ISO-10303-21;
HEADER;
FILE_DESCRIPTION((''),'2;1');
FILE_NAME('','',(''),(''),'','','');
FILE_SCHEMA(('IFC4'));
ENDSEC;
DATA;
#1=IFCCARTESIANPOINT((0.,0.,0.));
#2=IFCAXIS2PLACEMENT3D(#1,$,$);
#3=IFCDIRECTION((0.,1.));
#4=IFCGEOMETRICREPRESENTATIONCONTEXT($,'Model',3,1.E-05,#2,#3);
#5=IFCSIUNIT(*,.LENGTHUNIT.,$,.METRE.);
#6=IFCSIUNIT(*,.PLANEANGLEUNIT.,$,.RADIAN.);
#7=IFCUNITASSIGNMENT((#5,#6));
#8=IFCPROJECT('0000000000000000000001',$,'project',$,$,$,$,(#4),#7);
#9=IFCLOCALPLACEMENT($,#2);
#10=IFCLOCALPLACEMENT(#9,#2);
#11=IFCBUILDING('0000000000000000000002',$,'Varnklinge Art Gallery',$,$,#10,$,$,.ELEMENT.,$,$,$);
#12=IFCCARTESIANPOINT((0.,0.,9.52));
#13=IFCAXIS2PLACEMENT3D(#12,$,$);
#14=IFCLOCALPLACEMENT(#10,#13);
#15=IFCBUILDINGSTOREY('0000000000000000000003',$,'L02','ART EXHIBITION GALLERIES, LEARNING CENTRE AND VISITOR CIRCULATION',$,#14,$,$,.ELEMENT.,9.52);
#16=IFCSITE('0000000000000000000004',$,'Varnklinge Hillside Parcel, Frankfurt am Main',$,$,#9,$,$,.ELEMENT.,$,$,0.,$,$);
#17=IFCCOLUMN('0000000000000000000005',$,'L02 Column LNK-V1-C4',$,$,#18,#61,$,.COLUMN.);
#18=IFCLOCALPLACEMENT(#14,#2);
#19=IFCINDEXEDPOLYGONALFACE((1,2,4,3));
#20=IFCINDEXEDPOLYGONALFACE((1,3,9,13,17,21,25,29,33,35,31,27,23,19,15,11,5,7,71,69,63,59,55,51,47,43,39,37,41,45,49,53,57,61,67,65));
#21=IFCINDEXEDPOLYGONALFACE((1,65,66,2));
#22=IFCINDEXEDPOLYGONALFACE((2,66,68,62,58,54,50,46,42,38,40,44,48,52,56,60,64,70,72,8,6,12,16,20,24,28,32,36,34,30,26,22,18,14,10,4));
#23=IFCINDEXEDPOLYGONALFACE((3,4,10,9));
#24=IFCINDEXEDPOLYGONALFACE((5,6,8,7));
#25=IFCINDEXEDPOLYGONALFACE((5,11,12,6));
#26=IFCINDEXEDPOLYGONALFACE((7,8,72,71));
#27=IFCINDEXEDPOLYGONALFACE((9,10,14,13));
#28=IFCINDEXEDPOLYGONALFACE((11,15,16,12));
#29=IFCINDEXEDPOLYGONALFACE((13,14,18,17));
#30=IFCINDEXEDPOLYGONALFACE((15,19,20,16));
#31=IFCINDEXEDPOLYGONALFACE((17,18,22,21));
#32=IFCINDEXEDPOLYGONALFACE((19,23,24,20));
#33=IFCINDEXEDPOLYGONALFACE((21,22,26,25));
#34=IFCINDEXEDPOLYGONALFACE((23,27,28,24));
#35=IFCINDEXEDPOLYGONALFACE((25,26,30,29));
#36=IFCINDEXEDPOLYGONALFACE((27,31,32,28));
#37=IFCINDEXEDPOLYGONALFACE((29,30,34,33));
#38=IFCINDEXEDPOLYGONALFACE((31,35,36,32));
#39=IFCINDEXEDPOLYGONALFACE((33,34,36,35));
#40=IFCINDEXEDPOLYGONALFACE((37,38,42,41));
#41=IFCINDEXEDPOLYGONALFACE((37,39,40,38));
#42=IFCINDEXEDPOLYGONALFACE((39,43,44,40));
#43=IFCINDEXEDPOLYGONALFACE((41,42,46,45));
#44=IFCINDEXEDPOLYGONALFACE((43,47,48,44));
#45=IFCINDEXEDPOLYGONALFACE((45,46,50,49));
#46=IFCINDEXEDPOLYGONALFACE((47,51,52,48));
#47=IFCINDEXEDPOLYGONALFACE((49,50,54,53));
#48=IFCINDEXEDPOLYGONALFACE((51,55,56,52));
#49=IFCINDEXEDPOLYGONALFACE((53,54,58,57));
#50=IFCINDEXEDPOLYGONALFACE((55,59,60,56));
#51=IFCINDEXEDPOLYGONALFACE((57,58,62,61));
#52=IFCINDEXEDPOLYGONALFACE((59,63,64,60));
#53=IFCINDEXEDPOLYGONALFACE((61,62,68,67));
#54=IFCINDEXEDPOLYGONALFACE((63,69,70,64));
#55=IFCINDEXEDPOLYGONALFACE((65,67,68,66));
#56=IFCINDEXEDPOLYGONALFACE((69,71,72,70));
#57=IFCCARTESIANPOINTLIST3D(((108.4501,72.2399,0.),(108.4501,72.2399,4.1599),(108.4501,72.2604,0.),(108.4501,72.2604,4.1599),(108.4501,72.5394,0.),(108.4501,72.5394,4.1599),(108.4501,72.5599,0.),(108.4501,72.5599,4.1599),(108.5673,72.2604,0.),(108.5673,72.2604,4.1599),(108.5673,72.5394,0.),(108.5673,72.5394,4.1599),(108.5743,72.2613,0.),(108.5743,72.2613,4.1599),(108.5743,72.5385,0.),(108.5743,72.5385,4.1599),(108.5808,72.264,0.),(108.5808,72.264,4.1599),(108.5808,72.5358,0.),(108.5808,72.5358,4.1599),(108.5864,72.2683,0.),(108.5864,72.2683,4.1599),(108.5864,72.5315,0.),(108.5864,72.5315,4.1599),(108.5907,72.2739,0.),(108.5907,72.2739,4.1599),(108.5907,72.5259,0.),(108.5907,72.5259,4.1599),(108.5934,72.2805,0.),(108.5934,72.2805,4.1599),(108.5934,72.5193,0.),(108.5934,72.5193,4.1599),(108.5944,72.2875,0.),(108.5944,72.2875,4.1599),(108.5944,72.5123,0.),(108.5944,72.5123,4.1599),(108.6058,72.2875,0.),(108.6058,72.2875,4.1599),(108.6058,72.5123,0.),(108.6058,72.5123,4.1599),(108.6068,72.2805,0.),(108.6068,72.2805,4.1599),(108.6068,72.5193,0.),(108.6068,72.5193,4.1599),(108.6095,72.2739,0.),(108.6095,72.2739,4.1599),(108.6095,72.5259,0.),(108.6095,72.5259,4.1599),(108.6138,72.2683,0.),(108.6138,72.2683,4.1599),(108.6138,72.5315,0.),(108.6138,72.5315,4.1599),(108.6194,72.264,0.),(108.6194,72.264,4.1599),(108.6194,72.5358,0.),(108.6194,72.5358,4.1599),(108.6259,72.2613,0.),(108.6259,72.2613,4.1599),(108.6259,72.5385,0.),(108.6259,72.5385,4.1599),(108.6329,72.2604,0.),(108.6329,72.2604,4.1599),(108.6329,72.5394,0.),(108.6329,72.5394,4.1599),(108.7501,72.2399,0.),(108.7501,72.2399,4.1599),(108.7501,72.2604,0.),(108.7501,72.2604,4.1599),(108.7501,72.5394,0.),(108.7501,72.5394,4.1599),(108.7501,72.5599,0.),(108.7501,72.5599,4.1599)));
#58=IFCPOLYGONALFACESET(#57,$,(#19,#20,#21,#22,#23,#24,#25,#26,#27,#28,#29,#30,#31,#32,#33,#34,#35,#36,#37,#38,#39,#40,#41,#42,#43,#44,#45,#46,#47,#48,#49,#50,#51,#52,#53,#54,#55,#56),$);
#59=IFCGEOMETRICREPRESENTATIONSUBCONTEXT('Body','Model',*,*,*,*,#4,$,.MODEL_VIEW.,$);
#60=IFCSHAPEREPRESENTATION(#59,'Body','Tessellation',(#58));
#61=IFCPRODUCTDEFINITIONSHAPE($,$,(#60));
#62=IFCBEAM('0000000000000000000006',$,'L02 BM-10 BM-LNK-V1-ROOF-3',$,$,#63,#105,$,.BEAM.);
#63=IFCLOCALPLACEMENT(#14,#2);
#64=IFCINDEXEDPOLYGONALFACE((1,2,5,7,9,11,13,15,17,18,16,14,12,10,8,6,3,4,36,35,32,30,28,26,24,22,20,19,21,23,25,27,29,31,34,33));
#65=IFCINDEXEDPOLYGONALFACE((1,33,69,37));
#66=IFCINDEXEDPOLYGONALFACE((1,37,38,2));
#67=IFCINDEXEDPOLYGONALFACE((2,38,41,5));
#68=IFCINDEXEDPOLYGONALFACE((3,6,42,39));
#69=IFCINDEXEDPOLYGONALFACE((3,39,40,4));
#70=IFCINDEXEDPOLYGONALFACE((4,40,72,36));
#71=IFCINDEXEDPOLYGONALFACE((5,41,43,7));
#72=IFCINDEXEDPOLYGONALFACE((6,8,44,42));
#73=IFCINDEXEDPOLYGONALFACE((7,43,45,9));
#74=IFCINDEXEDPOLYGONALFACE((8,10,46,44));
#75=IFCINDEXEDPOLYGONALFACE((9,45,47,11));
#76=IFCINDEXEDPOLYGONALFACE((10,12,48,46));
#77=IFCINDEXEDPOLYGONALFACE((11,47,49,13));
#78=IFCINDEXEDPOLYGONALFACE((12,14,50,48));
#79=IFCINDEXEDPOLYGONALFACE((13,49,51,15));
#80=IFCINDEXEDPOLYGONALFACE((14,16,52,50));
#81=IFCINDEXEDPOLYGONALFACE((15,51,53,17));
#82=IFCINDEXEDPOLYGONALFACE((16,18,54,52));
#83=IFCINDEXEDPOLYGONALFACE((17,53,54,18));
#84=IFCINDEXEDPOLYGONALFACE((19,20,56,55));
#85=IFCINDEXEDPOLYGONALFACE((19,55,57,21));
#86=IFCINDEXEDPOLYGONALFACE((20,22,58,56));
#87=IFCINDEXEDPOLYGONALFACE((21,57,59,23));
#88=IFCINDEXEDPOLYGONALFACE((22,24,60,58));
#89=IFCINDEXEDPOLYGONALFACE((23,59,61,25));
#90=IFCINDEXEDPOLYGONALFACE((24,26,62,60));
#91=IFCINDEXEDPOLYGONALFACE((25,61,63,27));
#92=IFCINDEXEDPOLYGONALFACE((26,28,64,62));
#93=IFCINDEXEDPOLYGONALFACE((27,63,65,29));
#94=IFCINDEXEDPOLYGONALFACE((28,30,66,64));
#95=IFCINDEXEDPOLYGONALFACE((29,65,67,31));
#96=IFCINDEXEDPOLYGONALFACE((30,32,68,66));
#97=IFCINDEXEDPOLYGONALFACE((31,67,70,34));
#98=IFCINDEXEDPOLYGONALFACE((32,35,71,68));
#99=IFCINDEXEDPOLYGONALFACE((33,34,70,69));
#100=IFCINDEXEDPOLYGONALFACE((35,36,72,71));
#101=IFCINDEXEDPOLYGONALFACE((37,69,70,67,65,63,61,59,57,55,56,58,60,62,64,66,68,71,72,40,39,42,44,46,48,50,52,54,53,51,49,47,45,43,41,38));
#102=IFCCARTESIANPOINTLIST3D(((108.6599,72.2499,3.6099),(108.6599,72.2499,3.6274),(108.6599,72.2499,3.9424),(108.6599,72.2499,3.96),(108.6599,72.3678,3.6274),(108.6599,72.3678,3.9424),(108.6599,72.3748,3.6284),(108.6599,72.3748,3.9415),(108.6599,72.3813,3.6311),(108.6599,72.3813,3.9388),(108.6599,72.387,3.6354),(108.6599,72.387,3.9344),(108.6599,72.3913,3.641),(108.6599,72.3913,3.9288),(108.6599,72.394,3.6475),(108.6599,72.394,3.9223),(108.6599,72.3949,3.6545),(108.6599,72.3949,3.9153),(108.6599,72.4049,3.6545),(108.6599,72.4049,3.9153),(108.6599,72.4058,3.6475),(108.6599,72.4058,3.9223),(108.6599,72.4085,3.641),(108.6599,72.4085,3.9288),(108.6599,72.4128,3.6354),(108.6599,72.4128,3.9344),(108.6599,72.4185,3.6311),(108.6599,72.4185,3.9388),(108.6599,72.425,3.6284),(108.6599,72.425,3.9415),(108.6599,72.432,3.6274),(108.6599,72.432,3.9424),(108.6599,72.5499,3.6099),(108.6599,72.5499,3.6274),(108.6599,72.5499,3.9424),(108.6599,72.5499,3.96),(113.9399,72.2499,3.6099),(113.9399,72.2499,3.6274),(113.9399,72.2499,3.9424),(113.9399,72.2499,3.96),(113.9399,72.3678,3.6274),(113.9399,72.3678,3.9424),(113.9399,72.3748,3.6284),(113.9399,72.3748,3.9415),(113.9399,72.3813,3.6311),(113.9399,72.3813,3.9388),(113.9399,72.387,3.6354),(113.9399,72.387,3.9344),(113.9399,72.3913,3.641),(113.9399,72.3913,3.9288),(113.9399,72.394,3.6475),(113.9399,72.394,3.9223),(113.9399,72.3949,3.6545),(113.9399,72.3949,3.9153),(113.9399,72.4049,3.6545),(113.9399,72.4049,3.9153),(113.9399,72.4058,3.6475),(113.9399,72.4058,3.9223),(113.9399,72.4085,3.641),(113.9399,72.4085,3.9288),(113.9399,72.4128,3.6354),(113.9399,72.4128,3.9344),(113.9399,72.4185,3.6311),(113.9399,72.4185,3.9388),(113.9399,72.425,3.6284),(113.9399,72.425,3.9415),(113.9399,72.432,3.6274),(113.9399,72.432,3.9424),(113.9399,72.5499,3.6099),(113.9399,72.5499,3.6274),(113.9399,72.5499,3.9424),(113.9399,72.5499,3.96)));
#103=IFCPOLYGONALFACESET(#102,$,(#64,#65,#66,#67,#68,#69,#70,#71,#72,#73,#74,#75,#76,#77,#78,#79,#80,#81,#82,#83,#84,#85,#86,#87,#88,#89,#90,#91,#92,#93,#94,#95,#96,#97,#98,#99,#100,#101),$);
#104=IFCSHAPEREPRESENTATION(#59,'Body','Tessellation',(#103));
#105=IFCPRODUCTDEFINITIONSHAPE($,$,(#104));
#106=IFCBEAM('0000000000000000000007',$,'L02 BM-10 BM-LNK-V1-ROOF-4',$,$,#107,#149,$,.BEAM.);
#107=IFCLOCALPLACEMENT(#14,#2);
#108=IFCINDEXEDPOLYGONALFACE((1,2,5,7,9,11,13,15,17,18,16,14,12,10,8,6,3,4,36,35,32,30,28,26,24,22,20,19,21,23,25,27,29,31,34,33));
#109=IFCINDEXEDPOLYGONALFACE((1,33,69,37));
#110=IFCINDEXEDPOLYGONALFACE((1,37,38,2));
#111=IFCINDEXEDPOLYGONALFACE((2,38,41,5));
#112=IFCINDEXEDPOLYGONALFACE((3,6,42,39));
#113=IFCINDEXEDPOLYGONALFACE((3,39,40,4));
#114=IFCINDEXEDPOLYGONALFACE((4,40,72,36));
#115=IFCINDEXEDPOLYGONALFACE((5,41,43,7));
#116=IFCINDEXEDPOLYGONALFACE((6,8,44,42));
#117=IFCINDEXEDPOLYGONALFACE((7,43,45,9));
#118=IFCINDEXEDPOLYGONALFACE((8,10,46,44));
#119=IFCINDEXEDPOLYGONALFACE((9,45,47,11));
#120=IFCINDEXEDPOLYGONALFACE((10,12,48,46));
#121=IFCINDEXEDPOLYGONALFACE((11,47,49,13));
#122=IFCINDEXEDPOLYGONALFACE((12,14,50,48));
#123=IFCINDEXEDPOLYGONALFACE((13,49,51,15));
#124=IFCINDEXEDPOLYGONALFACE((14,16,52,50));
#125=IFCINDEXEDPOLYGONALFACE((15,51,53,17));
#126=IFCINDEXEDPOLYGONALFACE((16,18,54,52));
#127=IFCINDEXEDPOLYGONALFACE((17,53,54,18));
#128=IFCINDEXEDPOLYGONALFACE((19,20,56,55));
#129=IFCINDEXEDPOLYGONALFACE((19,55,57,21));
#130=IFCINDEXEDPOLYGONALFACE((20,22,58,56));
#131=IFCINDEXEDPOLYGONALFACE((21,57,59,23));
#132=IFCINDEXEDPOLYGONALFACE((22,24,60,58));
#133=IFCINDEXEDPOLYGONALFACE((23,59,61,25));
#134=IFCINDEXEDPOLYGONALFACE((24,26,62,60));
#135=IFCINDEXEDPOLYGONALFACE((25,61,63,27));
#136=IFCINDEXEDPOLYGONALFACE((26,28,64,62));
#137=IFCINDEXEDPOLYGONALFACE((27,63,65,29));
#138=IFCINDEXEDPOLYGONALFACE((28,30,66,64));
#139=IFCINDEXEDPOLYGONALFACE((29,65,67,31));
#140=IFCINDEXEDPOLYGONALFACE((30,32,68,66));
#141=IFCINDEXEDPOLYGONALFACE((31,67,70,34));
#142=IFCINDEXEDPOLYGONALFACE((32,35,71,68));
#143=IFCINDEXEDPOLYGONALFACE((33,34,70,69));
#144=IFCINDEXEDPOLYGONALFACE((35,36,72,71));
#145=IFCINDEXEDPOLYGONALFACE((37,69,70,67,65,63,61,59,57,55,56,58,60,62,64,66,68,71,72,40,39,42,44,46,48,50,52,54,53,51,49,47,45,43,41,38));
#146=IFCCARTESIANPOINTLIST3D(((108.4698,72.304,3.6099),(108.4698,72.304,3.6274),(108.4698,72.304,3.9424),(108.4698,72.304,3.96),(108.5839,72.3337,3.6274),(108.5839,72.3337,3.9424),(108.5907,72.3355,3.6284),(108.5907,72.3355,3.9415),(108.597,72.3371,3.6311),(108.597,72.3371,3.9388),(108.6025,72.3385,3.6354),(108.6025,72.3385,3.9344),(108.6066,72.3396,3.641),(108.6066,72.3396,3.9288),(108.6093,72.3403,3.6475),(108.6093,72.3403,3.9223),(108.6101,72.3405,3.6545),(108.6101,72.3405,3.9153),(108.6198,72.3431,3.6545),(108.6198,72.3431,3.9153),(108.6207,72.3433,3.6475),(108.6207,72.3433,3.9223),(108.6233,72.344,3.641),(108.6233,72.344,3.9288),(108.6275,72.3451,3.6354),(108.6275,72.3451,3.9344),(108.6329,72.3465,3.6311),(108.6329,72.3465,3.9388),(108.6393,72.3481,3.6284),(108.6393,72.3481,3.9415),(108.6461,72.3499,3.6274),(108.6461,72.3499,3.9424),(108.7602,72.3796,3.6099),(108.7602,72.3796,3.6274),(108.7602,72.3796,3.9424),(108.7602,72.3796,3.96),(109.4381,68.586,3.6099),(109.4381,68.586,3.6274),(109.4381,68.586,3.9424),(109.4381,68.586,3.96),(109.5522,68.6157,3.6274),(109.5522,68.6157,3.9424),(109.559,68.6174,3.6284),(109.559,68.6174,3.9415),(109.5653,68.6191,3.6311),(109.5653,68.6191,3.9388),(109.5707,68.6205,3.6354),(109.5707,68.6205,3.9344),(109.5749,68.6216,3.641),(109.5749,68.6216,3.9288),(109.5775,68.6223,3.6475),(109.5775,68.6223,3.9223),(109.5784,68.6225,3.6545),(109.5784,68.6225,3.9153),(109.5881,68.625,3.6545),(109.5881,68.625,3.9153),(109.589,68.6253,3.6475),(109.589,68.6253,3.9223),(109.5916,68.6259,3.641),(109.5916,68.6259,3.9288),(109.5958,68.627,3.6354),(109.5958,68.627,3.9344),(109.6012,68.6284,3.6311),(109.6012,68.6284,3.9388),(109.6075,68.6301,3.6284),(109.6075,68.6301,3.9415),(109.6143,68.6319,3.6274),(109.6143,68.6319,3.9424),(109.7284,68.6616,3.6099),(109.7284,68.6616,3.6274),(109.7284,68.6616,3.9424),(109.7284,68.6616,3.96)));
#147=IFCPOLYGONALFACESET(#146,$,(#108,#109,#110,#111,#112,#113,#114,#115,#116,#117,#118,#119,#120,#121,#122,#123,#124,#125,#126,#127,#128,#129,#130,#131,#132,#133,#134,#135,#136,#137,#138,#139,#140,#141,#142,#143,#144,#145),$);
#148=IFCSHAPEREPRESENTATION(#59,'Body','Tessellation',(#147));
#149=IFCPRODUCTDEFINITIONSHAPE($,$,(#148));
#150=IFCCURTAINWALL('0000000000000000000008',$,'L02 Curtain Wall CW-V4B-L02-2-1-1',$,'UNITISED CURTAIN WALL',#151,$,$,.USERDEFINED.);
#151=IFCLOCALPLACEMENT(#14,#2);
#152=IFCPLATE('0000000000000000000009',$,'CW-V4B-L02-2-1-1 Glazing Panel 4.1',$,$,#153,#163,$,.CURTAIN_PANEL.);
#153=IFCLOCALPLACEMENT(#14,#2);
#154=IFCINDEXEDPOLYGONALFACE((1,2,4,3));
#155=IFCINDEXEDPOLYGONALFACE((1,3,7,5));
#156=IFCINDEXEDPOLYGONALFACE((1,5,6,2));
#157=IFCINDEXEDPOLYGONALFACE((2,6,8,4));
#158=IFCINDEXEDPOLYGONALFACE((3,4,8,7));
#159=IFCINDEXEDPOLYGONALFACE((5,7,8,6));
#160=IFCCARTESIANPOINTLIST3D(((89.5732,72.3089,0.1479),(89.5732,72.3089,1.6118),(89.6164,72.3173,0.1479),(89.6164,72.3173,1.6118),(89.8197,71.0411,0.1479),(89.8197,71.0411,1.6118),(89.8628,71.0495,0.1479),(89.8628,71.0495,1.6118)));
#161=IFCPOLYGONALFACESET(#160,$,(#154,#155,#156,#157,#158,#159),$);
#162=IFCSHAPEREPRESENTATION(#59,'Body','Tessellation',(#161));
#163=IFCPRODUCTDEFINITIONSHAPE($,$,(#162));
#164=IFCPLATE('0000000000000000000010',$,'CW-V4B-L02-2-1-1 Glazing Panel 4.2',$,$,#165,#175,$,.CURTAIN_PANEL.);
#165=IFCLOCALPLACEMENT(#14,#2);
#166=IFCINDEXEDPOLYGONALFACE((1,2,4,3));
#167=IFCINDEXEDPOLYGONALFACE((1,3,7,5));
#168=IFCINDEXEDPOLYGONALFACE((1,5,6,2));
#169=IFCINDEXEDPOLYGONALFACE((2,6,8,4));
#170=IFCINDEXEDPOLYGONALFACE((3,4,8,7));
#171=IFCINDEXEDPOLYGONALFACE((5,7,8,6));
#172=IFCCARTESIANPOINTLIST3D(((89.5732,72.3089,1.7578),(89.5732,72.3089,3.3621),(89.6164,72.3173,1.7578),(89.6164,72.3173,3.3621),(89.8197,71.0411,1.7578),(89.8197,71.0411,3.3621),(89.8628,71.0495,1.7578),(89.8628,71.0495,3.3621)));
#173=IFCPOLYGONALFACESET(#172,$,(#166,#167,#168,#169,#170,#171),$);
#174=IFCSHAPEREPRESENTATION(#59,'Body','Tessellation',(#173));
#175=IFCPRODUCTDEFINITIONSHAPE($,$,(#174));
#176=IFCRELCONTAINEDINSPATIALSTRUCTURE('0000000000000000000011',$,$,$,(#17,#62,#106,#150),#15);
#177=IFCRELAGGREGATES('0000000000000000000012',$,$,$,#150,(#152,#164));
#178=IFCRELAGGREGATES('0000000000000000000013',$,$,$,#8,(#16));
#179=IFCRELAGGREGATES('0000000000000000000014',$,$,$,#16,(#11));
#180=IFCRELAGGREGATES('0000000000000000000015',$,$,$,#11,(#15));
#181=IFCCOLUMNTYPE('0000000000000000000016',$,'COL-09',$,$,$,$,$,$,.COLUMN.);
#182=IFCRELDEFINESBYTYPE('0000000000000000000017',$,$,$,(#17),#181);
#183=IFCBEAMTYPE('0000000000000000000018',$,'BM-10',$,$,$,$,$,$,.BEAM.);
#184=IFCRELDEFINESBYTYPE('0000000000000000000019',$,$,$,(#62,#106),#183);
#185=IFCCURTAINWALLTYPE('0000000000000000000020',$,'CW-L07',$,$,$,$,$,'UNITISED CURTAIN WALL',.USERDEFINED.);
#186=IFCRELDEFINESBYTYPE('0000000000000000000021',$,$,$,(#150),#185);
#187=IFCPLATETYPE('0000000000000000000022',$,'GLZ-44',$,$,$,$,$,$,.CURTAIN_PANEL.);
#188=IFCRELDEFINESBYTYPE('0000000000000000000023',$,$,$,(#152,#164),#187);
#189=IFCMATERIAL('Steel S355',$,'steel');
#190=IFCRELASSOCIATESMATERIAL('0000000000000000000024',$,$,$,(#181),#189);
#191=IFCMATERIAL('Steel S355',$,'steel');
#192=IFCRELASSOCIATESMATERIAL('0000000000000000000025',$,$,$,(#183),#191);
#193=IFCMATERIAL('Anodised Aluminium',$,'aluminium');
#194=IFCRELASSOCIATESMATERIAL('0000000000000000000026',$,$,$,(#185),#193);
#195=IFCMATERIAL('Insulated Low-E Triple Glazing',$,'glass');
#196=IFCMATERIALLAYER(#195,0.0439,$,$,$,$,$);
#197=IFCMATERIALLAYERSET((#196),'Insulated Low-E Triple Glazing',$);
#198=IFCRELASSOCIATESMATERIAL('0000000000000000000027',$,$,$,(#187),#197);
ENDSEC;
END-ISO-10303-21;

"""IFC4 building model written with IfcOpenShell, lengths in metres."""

from ifc_helpers import new_model, si_unit, direction, frame, origin, origin_2d, place, context, subcontext, project, spatial, rectangle, i_section, extrude, material, layer, layer_set, material_profile, profile_set, type_object, element, aggregate, save


model = new_model("IFC4")

# Units and contexts
model_context = context("Model", 3, precision=1e-05, world=origin(), true_north=direction((0.0, 1.0)))
body_context = subcontext(model_context, "Body", "Model", "MODEL_VIEW")
ifc_project = project(units=[si_unit("LENGTHUNIT", "METRE"), si_unit("PLANEANGLEUNIT", "RADIAN")], contexts=[model_context])

# Site, building, storey
site_placement = place(None, origin())
site = spatial("IfcSite", under=ifc_project, at=site_placement, Name="Varnklinge Hillside Parcel, Frankfurt am Main", CompositionType="ELEMENT", RefElevation=0.0)
building_placement = place(site_placement, origin())
building = spatial("IfcBuilding", under=site, at=building_placement, Name="Varnklinge Art Gallery", CompositionType="ELEMENT")
storey_placement = place(building_placement, frame((0.0, 0.0, 9.52)))
storey = spatial("IfcBuildingStorey", under=building, at=storey_placement, Name="L02", Description="ART EXHIBITION GALLERIES, LEARNING CENTRE AND VISITOR CIRCULATION", CompositionType="ELEMENT", Elevation=9.52)

# Column
ifc_material_1 = material(Name="Steel S355", Category="steel")
ifc_material_profile_1 = material_profile(ifc_material_1, i_section(OverallWidth=0.3, OverallDepth=0.3201, WebThickness=0.0115, FlangeThickness=0.0205, FilletRadius=0.0271, at=origin_2d()), Name="HEB 320")
ifc_profile_set_1 = profile_set([ifc_material_profile_1], Name="Steel S355")
column_type = type_object("IfcColumnType", Name="COL-09", PredefinedType="COLUMN", material=ifc_profile_set_1)
column_placement = place(storey_placement, frame((108.6001, 72.3999, 0.0), z_axis=(0.0, 0.0, 1.0), x_axis=(1.0, 0.0, 0.0)))
element("IfcColumn", 1, at=column_placement, inside=storey, type_object=column_type, Name="L02 Column LNK-V1-C4", PredefinedType="COLUMN", context=body_context, shape_type="SweptSolid", body=[
    extrude(i_section(OverallWidth=0.3, OverallDepth=0.3201, WebThickness=0.0115, FlangeThickness=0.0205, FilletRadius=0.0271, at=origin_2d()), origin(), (0.0, 0.0, 1.0), 4.1599),
])

# Beams
ifc_material_2 = material(Name="Steel S355", Category="steel")
ifc_material_profile_2 = material_profile(ifc_material_2, i_section(OverallWidth=0.3, OverallDepth=0.3501, WebThickness=0.01, FlangeThickness=0.0176, FilletRadius=0.0271, at=origin_2d()), Name="HEA 360")
ifc_profile_set_2 = profile_set([ifc_material_profile_2], Name="Steel S355")
beam_type = type_object("IfcBeamType", Name="BM-10", PredefinedType="BEAM", material=ifc_profile_set_2)
beam_1_placement = place(storey_placement, frame((113.9399, 72.3999, 3.7849), z_axis=(-1.0, 0.0, 0.0), x_axis=(0.0, -1.0, 0.0)))
element("IfcBeam", 2, at=beam_1_placement, inside=storey, type_object=beam_type, Name="L02 BM-10 BM-LNK-V1-ROOF-3", PredefinedType="BEAM", context=body_context, shape_type="SweptSolid", body=[
    extrude(i_section(OverallWidth=0.3, OverallDepth=0.3501, WebThickness=0.01, FlangeThickness=0.0176, FilletRadius=0.0271, at=origin_2d()), origin(), (0.0, 0.0, 1.0), 5.28),
])
beam_2_placement = place(storey_placement, frame((108.615, 72.3418, 3.7849), z_axis=(0.252018, -0.967722, 0.0), x_axis=(0.967722, 0.252018, 0.0)))
element("IfcBeam", 3, at=beam_2_placement, inside=storey, type_object=beam_type, Name="L02 BM-10 BM-LNK-V1-ROOF-4", PredefinedType="BEAM", context=body_context, shape_type="SweptSolid", body=[
    extrude(i_section(OverallWidth=0.3, OverallDepth=0.3501, WebThickness=0.01, FlangeThickness=0.0176, FilletRadius=0.0271, at=origin_2d()), origin(), (0.0, 0.0, 1.0), 3.842),
])

# Curtain wall, plates
ifc_material_3 = material(Name="Anodised Aluminium", Category="aluminium")
curtain_wall_type = type_object("IfcCurtainWallType", Name="CW-L07", ElementType="UNITISED CURTAIN WALL", PredefinedType="USERDEFINED", material=ifc_material_3)
curtain_wall_placement = place(storey_placement, origin())
curtain_wall = element("IfcCurtainWall", 4, at=curtain_wall_placement, inside=storey, type_object=curtain_wall_type, Name="L02 Curtain Wall CW-V4B-L02-2-1-1", ObjectType="UNITISED CURTAIN WALL", PredefinedType="USERDEFINED")
ifc_material_4 = material(Name="Insulated Low-E Triple Glazing", Category="glass")
ifc_layer_1 = layer(ifc_material_4, 0.0439)
ifc_layer_set_1 = layer_set([ifc_layer_1], Name="Insulated Low-E Triple Glazing")
plate_type = type_object("IfcPlateType", Name="GLZ-44", PredefinedType="CURTAIN_PANEL", material=ifc_layer_set_1)
plate_1_placement = place(storey_placement, frame((89.718, 71.6792, 0.1479), z_axis=(0.0, 0.0, 1.0), x_axis=(-0.190809, 0.981627, 0.0)))
plate_1 = element("IfcPlate", 5, at=plate_1_placement, type_object=plate_type, Name="CW-V4B-L02-2-1-1 Glazing Panel 4.1", PredefinedType="CURTAIN_PANEL", context=body_context, shape_type="SweptSolid", body=[
    extrude(rectangle(XDim=1.2915, YDim=0.0439, at=origin_2d()), origin(), (0.0, 0.0, 1.0), 1.4639),
])
plate_2_placement = place(storey_placement, frame((89.718, 71.6792, 1.7578), z_axis=(0.0, 0.0, 1.0), x_axis=(-0.190809, 0.981627, 0.0)))
plate_2 = element("IfcPlate", 6, at=plate_2_placement, type_object=plate_type, Name="CW-V4B-L02-2-1-1 Glazing Panel 4.2", PredefinedType="CURTAIN_PANEL", context=body_context, shape_type="SweptSolid", body=[
    extrude(rectangle(XDim=1.2915, YDim=0.0439, at=origin_2d()), origin(), (0.0, 0.0, 1.0), 1.6042),
])
aggregate(curtain_wall, [plate_1, plate_2])

save(model, "model.ifc")
